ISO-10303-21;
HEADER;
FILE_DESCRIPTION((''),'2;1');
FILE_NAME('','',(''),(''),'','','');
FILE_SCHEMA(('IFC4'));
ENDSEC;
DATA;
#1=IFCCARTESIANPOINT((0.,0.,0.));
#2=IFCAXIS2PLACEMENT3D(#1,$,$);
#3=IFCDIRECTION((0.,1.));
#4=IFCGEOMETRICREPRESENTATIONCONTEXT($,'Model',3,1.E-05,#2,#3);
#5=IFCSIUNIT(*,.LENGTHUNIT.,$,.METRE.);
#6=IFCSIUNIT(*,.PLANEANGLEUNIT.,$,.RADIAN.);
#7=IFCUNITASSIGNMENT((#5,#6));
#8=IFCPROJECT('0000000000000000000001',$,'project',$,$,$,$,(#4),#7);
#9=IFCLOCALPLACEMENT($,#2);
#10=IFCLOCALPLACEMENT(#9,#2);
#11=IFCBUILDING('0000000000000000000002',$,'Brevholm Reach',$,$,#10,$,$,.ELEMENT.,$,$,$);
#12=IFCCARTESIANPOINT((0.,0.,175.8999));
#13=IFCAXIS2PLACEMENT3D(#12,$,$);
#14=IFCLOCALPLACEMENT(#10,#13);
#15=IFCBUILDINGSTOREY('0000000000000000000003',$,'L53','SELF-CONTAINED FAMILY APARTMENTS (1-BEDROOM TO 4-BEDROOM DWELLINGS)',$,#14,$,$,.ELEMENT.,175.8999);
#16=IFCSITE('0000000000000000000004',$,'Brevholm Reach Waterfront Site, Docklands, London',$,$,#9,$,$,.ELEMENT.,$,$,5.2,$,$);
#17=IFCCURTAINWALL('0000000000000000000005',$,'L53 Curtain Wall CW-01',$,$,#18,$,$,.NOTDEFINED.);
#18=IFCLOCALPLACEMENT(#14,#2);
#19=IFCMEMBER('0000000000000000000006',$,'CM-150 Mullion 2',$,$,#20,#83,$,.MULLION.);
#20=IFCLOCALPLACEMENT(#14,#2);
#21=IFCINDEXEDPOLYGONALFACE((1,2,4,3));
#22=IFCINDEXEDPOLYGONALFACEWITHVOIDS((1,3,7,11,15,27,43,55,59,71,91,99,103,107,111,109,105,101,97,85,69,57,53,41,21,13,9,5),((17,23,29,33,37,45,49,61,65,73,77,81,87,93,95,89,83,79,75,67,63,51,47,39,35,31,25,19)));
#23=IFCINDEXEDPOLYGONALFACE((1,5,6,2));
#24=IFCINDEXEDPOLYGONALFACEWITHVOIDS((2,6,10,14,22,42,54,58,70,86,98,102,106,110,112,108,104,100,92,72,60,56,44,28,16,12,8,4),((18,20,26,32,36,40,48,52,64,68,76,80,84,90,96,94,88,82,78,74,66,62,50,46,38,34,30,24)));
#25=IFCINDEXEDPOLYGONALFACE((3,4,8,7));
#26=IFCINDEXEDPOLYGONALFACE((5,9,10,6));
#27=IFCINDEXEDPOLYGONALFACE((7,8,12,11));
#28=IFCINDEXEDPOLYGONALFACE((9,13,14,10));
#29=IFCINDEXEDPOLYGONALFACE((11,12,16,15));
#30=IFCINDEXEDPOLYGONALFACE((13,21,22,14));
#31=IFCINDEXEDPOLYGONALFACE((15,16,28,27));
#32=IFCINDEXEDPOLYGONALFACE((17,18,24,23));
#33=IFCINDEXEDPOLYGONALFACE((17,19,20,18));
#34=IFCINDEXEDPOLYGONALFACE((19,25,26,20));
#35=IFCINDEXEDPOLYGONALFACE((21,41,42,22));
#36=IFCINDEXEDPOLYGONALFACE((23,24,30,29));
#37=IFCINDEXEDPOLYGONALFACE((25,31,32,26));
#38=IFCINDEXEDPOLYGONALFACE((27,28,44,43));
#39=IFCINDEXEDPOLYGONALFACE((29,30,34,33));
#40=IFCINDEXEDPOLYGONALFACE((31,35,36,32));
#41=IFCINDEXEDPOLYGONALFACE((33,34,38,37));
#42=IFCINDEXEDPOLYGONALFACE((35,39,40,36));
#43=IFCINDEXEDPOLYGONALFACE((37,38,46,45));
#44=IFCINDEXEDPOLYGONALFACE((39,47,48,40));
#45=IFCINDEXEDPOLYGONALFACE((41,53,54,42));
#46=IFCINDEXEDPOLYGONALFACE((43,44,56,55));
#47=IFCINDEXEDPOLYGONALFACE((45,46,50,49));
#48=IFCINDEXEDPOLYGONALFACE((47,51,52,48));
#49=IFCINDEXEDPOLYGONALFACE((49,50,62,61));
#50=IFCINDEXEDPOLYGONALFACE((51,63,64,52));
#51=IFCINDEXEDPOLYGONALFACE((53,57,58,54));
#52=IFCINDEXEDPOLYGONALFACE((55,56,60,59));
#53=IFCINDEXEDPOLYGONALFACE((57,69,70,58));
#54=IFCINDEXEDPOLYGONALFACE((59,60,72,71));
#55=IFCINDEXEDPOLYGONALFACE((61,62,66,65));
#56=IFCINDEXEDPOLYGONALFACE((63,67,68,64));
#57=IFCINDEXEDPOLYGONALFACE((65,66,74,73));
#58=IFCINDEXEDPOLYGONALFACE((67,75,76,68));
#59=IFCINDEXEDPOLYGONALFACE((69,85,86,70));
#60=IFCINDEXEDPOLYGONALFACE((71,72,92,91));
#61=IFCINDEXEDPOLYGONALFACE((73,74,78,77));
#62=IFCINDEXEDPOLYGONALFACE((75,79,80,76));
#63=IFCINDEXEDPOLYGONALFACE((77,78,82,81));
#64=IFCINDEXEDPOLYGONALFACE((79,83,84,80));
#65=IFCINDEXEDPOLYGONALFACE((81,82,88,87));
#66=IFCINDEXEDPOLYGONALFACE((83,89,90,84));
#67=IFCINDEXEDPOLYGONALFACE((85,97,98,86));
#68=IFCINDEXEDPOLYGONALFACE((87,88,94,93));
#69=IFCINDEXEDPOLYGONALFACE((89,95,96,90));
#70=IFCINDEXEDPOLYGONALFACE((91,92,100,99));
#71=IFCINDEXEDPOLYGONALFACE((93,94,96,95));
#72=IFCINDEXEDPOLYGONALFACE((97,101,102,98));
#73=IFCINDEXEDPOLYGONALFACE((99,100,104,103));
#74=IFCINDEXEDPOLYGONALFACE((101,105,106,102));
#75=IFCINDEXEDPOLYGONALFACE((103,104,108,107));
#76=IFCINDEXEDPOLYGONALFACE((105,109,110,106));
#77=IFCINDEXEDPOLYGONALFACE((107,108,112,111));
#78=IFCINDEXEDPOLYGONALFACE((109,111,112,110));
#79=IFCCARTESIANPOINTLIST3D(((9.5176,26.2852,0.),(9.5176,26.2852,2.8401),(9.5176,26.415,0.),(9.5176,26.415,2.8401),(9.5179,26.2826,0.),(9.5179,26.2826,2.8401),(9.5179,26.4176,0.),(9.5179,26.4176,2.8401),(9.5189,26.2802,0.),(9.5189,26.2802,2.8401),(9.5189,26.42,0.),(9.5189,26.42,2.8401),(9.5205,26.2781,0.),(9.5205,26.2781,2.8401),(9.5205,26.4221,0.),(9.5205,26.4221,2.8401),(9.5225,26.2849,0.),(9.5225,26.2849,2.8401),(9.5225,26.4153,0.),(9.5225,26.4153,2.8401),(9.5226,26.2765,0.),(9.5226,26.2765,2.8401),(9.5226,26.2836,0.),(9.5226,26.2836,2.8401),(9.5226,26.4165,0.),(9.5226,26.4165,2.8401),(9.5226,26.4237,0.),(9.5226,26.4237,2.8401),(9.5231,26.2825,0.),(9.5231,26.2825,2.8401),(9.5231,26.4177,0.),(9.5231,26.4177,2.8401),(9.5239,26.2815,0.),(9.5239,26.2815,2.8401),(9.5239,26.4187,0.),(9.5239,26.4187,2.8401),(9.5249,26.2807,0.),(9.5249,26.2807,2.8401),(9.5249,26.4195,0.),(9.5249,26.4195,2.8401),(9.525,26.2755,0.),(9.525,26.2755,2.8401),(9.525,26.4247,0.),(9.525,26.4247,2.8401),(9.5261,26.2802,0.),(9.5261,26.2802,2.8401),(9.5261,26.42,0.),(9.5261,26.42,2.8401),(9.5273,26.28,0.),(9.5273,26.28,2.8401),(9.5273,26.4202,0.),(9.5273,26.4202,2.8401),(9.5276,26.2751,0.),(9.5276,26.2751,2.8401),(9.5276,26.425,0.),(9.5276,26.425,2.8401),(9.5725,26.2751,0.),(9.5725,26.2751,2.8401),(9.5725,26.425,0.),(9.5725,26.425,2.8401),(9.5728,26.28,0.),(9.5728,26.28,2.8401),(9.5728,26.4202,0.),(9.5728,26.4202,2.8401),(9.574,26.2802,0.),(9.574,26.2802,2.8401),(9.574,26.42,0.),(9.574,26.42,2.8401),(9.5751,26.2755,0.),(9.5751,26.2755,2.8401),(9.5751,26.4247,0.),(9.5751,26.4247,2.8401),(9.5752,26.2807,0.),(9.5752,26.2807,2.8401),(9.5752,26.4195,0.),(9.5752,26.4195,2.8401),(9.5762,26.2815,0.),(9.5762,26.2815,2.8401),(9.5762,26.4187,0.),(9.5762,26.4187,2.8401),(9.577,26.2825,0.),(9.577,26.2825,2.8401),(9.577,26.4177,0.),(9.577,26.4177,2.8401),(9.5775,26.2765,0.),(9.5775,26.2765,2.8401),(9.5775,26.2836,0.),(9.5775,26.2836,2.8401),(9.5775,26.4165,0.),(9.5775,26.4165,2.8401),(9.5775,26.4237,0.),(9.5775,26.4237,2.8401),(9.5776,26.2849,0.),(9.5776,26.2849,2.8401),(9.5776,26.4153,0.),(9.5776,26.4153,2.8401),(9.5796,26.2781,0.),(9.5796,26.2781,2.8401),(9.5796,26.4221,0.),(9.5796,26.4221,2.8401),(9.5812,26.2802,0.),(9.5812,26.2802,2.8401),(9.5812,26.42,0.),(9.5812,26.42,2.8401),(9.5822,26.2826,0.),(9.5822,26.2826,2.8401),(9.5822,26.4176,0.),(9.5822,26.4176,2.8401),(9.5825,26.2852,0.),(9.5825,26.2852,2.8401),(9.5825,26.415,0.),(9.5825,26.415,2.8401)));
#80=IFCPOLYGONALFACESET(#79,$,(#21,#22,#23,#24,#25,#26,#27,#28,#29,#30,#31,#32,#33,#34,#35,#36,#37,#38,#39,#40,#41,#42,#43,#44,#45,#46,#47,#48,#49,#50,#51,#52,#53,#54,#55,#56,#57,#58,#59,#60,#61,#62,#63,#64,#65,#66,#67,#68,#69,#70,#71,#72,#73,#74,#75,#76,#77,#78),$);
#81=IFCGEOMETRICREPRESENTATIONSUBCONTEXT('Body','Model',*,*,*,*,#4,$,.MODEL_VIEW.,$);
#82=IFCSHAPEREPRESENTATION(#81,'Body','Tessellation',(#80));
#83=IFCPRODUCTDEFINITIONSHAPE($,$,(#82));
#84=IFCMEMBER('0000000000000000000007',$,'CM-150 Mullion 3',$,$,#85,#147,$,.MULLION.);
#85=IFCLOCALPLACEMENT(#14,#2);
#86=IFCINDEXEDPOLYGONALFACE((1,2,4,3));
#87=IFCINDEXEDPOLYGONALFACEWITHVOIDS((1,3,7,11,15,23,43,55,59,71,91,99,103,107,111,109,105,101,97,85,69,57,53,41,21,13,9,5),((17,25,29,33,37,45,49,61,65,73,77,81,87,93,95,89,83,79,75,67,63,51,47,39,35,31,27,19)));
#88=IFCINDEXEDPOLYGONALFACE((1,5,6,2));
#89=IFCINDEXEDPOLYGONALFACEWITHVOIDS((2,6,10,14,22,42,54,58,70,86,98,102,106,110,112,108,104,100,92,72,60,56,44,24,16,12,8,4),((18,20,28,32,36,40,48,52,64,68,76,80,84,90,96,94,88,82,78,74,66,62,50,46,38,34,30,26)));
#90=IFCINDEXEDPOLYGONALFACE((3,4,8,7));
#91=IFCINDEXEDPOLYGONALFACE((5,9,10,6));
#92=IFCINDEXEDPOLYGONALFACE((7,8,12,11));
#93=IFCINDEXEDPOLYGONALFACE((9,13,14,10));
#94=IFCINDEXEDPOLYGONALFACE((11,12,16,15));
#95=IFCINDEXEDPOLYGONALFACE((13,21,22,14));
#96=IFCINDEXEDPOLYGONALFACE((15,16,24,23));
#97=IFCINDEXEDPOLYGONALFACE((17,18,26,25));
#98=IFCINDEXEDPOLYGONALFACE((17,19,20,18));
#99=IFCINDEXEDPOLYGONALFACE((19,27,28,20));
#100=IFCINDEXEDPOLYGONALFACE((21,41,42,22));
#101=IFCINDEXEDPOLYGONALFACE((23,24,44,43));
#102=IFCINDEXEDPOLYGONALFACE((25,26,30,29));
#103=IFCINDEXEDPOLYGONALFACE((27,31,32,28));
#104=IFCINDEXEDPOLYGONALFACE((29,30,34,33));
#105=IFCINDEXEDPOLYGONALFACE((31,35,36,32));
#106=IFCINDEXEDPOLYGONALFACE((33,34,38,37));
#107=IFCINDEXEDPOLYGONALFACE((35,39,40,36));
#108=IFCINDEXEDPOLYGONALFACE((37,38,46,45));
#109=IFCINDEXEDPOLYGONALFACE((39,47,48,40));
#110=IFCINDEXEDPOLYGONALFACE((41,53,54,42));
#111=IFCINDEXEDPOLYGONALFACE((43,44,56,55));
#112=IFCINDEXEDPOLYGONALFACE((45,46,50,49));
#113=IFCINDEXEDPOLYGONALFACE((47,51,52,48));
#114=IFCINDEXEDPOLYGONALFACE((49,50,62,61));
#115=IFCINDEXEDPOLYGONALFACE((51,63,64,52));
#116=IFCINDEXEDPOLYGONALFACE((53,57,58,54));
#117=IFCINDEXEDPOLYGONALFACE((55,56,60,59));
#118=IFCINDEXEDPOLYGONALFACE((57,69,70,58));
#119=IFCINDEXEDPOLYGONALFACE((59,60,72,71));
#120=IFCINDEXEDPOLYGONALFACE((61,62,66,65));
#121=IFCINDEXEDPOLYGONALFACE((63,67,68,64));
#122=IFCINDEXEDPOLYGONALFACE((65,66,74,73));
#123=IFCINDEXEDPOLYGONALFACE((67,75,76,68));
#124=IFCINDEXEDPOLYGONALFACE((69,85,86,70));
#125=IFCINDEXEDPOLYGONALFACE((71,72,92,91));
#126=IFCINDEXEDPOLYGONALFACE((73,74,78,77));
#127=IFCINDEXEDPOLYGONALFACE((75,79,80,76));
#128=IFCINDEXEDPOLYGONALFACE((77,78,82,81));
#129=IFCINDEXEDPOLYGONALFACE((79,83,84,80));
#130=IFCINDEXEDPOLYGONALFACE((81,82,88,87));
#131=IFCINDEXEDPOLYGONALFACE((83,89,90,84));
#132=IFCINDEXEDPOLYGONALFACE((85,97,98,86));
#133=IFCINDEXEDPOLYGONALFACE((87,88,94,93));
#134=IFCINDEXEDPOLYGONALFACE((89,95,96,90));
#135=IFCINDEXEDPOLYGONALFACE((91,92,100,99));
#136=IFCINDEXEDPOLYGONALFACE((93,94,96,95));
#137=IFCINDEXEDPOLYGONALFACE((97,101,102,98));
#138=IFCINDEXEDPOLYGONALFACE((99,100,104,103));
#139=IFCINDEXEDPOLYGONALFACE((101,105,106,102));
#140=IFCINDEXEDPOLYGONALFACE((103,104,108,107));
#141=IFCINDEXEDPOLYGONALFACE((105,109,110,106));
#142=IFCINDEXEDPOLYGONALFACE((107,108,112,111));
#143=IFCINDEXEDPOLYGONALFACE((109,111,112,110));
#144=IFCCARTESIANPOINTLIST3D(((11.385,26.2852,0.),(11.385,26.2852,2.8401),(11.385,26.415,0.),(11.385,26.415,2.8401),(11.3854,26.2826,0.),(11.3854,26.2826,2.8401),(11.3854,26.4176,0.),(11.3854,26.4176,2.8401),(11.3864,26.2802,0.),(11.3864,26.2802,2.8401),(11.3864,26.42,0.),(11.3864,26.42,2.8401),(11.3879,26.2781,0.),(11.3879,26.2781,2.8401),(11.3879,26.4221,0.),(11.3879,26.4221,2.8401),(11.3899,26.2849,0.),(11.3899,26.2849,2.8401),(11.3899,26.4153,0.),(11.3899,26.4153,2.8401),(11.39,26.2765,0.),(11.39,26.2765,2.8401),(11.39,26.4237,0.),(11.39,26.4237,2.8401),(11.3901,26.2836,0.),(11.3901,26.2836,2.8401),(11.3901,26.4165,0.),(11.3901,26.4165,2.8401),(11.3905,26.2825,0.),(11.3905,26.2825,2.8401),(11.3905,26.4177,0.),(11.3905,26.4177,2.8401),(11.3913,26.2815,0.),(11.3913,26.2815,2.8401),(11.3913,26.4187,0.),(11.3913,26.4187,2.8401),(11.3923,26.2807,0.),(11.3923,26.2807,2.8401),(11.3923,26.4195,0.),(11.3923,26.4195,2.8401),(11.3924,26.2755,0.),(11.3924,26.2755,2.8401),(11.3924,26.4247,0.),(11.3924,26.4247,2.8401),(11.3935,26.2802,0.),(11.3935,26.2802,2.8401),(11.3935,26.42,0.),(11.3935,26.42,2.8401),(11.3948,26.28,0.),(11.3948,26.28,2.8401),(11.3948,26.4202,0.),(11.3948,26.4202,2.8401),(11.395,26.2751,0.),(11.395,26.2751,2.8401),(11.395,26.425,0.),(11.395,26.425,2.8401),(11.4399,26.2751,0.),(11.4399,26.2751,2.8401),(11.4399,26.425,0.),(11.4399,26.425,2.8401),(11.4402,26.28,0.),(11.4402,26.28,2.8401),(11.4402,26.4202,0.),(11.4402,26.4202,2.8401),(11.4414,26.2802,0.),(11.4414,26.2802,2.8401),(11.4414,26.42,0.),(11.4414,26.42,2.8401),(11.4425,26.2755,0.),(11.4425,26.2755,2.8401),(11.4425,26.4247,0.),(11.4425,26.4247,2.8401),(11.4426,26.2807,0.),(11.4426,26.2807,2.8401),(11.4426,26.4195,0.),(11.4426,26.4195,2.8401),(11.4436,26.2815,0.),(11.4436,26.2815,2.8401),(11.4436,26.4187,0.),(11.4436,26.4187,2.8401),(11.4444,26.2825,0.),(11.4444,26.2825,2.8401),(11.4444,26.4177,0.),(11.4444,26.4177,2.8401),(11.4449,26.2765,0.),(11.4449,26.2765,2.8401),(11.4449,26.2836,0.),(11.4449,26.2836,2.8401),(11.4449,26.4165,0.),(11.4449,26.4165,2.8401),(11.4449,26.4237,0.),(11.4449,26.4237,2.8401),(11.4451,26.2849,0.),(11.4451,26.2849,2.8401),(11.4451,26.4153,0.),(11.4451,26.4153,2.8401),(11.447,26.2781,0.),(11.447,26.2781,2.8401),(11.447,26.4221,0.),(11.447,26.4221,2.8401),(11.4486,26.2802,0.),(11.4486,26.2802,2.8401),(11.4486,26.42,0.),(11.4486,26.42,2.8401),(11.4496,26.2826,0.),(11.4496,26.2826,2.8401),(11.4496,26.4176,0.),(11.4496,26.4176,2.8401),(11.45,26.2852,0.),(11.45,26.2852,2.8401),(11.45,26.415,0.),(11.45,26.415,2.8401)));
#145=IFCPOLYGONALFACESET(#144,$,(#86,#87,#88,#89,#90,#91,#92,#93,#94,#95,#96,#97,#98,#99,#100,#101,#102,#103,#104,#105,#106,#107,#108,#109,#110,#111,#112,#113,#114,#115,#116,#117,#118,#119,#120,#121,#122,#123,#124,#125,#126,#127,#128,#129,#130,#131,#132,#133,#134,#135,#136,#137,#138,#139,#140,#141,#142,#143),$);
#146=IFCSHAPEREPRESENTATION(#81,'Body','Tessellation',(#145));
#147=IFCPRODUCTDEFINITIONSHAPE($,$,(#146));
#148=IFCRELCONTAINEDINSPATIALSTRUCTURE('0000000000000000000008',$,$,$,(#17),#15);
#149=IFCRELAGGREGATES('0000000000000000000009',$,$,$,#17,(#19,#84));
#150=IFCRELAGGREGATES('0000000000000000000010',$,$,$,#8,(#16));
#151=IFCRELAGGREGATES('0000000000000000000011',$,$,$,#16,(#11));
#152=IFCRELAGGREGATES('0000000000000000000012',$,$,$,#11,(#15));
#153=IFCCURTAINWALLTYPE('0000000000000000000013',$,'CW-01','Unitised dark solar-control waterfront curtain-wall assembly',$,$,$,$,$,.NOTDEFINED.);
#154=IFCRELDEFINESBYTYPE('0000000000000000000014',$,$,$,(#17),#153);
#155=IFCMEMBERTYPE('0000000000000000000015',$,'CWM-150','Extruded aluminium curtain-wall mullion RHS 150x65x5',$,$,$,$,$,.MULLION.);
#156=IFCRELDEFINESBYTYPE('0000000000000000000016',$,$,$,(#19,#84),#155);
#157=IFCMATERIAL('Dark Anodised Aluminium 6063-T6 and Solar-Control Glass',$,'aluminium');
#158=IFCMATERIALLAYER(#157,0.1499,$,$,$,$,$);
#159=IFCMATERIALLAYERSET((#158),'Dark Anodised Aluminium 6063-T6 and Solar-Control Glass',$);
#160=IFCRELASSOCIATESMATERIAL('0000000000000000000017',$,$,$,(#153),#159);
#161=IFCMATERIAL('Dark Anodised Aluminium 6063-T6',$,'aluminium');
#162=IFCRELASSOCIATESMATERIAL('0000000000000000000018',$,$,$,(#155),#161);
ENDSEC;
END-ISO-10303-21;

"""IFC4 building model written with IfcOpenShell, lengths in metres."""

from ifc_helpers import new_model, si_unit, direction, frame, origin, origin_2d, place, context, subcontext, project, spatial, hollow_rectangle, extrude, material, layer, layer_set, material_profile, profile_set, type_object, element, aggregate, save


model = new_model("IFC4")

# Units and contexts
model_context = context("Model", 3, precision=1e-05, world=origin(), true_north=direction((0.0, 1.0)))
body_context = subcontext(model_context, "Body", "Model", "MODEL_VIEW")
ifc_project = project(units=[si_unit("LENGTHUNIT", "METRE"), si_unit("PLANEANGLEUNIT", "RADIAN")], contexts=[model_context])

# Site, building, storey
site_placement = place(None, origin())
site = spatial("IfcSite", under=ifc_project, at=site_placement, Name="Brevholm Reach Waterfront Site, Docklands, London", CompositionType="ELEMENT", RefElevation=5.2)
building_placement = place(site_placement, origin())
building = spatial("IfcBuilding", under=site, at=building_placement, Name="Brevholm Reach", CompositionType="ELEMENT")
storey_placement = place(building_placement, frame((0.0, 0.0, 175.8999)))
storey = spatial("IfcBuildingStorey", under=building, at=storey_placement, Name="L53", Description="SELF-CONTAINED FAMILY APARTMENTS (1-BEDROOM TO 4-BEDROOM DWELLINGS)", CompositionType="ELEMENT", Elevation=175.8999)

# Shared definitions
ifc_material_1 = material(Name="Dark Anodised Aluminium 6063-T6 and Solar-Control Glass", Category="aluminium")
ifc_layer_1 = layer(ifc_material_1, 0.1499)
ifc_layer_set_1 = layer_set([ifc_layer_1], Name="Dark Anodised Aluminium 6063-T6 and Solar-Control Glass")
curtain_wall_type = type_object("IfcCurtainWallType", Name="CW-01", Description="Unitised dark solar-control waterfront curtain-wall assembly", PredefinedType="NOTDEFINED", material=ifc_layer_set_1)
ifc_material_2 = material(Name="Dark Anodised Aluminium 6063-T6", Category="aluminium")
ifc_material_profile_1 = material_profile(ifc_material_2, hollow_rectangle(XDim=0.0649, YDim=0.1499, WallThickness=0.0049, InnerFilletRadius=0.0049, OuterFilletRadius=0.01, at=origin_2d()), Name="RHS 150x65x5")
ifc_profile_set_1 = profile_set([ifc_material_profile_1], Name="Dark Anodised Aluminium 6063-T6")
member_type_1 = type_object("IfcMemberType", Name="CWM-150", Description="Extruded aluminium curtain-wall mullion RHS 150x65x5", PredefinedType="MULLION", material=ifc_profile_set_1)

# Curtain wall, members
curtain_wall_1_placement = place(storey_placement, origin())
curtain_wall_1 = element("IfcCurtainWall", 1, at=curtain_wall_1_placement, inside=storey, type_object=curtain_wall_type, Name="L53 Curtain Wall CW-01", PredefinedType="NOTDEFINED")
member_1_placement = place(storey_placement, frame((9.55, 26.3501, 0.0), z_axis=(0.0, 0.0, 1.0), x_axis=(1.0, 0.0, 0.0)))
member_1 = element("IfcMember", 2, at=member_1_placement, type_object=member_type_1, Name="CM-150 Mullion 2", PredefinedType="MULLION", context=body_context, shape_type="SweptSolid", body=[
    extrude(hollow_rectangle(XDim=0.0649, YDim=0.1499, WallThickness=0.0049, InnerFilletRadius=0.0049, OuterFilletRadius=0.01, at=origin_2d()), origin(), (0.0, 0.0, 1.0), 2.8401),
])
member_2_placement = place(storey_placement, frame((11.4175, 26.3501, 0.0), z_axis=(0.0, 0.0, 1.0), x_axis=(1.0, 0.0, 0.0)))
member_2 = element("IfcMember", 3, at=member_2_placement, type_object=member_type_1, Name="CM-150 Mullion 3", PredefinedType="MULLION", context=body_context, shape_type="SweptSolid", body=[
    extrude(hollow_rectangle(XDim=0.0649, YDim=0.1499, WallThickness=0.0049, InnerFilletRadius=0.0049, OuterFilletRadius=0.01, at=origin_2d()), origin(), (0.0, 0.0, 1.0), 2.8401),
])

aggregate(curtain_wall_1, [member_1, member_2])

save(model, "model.ifc")
